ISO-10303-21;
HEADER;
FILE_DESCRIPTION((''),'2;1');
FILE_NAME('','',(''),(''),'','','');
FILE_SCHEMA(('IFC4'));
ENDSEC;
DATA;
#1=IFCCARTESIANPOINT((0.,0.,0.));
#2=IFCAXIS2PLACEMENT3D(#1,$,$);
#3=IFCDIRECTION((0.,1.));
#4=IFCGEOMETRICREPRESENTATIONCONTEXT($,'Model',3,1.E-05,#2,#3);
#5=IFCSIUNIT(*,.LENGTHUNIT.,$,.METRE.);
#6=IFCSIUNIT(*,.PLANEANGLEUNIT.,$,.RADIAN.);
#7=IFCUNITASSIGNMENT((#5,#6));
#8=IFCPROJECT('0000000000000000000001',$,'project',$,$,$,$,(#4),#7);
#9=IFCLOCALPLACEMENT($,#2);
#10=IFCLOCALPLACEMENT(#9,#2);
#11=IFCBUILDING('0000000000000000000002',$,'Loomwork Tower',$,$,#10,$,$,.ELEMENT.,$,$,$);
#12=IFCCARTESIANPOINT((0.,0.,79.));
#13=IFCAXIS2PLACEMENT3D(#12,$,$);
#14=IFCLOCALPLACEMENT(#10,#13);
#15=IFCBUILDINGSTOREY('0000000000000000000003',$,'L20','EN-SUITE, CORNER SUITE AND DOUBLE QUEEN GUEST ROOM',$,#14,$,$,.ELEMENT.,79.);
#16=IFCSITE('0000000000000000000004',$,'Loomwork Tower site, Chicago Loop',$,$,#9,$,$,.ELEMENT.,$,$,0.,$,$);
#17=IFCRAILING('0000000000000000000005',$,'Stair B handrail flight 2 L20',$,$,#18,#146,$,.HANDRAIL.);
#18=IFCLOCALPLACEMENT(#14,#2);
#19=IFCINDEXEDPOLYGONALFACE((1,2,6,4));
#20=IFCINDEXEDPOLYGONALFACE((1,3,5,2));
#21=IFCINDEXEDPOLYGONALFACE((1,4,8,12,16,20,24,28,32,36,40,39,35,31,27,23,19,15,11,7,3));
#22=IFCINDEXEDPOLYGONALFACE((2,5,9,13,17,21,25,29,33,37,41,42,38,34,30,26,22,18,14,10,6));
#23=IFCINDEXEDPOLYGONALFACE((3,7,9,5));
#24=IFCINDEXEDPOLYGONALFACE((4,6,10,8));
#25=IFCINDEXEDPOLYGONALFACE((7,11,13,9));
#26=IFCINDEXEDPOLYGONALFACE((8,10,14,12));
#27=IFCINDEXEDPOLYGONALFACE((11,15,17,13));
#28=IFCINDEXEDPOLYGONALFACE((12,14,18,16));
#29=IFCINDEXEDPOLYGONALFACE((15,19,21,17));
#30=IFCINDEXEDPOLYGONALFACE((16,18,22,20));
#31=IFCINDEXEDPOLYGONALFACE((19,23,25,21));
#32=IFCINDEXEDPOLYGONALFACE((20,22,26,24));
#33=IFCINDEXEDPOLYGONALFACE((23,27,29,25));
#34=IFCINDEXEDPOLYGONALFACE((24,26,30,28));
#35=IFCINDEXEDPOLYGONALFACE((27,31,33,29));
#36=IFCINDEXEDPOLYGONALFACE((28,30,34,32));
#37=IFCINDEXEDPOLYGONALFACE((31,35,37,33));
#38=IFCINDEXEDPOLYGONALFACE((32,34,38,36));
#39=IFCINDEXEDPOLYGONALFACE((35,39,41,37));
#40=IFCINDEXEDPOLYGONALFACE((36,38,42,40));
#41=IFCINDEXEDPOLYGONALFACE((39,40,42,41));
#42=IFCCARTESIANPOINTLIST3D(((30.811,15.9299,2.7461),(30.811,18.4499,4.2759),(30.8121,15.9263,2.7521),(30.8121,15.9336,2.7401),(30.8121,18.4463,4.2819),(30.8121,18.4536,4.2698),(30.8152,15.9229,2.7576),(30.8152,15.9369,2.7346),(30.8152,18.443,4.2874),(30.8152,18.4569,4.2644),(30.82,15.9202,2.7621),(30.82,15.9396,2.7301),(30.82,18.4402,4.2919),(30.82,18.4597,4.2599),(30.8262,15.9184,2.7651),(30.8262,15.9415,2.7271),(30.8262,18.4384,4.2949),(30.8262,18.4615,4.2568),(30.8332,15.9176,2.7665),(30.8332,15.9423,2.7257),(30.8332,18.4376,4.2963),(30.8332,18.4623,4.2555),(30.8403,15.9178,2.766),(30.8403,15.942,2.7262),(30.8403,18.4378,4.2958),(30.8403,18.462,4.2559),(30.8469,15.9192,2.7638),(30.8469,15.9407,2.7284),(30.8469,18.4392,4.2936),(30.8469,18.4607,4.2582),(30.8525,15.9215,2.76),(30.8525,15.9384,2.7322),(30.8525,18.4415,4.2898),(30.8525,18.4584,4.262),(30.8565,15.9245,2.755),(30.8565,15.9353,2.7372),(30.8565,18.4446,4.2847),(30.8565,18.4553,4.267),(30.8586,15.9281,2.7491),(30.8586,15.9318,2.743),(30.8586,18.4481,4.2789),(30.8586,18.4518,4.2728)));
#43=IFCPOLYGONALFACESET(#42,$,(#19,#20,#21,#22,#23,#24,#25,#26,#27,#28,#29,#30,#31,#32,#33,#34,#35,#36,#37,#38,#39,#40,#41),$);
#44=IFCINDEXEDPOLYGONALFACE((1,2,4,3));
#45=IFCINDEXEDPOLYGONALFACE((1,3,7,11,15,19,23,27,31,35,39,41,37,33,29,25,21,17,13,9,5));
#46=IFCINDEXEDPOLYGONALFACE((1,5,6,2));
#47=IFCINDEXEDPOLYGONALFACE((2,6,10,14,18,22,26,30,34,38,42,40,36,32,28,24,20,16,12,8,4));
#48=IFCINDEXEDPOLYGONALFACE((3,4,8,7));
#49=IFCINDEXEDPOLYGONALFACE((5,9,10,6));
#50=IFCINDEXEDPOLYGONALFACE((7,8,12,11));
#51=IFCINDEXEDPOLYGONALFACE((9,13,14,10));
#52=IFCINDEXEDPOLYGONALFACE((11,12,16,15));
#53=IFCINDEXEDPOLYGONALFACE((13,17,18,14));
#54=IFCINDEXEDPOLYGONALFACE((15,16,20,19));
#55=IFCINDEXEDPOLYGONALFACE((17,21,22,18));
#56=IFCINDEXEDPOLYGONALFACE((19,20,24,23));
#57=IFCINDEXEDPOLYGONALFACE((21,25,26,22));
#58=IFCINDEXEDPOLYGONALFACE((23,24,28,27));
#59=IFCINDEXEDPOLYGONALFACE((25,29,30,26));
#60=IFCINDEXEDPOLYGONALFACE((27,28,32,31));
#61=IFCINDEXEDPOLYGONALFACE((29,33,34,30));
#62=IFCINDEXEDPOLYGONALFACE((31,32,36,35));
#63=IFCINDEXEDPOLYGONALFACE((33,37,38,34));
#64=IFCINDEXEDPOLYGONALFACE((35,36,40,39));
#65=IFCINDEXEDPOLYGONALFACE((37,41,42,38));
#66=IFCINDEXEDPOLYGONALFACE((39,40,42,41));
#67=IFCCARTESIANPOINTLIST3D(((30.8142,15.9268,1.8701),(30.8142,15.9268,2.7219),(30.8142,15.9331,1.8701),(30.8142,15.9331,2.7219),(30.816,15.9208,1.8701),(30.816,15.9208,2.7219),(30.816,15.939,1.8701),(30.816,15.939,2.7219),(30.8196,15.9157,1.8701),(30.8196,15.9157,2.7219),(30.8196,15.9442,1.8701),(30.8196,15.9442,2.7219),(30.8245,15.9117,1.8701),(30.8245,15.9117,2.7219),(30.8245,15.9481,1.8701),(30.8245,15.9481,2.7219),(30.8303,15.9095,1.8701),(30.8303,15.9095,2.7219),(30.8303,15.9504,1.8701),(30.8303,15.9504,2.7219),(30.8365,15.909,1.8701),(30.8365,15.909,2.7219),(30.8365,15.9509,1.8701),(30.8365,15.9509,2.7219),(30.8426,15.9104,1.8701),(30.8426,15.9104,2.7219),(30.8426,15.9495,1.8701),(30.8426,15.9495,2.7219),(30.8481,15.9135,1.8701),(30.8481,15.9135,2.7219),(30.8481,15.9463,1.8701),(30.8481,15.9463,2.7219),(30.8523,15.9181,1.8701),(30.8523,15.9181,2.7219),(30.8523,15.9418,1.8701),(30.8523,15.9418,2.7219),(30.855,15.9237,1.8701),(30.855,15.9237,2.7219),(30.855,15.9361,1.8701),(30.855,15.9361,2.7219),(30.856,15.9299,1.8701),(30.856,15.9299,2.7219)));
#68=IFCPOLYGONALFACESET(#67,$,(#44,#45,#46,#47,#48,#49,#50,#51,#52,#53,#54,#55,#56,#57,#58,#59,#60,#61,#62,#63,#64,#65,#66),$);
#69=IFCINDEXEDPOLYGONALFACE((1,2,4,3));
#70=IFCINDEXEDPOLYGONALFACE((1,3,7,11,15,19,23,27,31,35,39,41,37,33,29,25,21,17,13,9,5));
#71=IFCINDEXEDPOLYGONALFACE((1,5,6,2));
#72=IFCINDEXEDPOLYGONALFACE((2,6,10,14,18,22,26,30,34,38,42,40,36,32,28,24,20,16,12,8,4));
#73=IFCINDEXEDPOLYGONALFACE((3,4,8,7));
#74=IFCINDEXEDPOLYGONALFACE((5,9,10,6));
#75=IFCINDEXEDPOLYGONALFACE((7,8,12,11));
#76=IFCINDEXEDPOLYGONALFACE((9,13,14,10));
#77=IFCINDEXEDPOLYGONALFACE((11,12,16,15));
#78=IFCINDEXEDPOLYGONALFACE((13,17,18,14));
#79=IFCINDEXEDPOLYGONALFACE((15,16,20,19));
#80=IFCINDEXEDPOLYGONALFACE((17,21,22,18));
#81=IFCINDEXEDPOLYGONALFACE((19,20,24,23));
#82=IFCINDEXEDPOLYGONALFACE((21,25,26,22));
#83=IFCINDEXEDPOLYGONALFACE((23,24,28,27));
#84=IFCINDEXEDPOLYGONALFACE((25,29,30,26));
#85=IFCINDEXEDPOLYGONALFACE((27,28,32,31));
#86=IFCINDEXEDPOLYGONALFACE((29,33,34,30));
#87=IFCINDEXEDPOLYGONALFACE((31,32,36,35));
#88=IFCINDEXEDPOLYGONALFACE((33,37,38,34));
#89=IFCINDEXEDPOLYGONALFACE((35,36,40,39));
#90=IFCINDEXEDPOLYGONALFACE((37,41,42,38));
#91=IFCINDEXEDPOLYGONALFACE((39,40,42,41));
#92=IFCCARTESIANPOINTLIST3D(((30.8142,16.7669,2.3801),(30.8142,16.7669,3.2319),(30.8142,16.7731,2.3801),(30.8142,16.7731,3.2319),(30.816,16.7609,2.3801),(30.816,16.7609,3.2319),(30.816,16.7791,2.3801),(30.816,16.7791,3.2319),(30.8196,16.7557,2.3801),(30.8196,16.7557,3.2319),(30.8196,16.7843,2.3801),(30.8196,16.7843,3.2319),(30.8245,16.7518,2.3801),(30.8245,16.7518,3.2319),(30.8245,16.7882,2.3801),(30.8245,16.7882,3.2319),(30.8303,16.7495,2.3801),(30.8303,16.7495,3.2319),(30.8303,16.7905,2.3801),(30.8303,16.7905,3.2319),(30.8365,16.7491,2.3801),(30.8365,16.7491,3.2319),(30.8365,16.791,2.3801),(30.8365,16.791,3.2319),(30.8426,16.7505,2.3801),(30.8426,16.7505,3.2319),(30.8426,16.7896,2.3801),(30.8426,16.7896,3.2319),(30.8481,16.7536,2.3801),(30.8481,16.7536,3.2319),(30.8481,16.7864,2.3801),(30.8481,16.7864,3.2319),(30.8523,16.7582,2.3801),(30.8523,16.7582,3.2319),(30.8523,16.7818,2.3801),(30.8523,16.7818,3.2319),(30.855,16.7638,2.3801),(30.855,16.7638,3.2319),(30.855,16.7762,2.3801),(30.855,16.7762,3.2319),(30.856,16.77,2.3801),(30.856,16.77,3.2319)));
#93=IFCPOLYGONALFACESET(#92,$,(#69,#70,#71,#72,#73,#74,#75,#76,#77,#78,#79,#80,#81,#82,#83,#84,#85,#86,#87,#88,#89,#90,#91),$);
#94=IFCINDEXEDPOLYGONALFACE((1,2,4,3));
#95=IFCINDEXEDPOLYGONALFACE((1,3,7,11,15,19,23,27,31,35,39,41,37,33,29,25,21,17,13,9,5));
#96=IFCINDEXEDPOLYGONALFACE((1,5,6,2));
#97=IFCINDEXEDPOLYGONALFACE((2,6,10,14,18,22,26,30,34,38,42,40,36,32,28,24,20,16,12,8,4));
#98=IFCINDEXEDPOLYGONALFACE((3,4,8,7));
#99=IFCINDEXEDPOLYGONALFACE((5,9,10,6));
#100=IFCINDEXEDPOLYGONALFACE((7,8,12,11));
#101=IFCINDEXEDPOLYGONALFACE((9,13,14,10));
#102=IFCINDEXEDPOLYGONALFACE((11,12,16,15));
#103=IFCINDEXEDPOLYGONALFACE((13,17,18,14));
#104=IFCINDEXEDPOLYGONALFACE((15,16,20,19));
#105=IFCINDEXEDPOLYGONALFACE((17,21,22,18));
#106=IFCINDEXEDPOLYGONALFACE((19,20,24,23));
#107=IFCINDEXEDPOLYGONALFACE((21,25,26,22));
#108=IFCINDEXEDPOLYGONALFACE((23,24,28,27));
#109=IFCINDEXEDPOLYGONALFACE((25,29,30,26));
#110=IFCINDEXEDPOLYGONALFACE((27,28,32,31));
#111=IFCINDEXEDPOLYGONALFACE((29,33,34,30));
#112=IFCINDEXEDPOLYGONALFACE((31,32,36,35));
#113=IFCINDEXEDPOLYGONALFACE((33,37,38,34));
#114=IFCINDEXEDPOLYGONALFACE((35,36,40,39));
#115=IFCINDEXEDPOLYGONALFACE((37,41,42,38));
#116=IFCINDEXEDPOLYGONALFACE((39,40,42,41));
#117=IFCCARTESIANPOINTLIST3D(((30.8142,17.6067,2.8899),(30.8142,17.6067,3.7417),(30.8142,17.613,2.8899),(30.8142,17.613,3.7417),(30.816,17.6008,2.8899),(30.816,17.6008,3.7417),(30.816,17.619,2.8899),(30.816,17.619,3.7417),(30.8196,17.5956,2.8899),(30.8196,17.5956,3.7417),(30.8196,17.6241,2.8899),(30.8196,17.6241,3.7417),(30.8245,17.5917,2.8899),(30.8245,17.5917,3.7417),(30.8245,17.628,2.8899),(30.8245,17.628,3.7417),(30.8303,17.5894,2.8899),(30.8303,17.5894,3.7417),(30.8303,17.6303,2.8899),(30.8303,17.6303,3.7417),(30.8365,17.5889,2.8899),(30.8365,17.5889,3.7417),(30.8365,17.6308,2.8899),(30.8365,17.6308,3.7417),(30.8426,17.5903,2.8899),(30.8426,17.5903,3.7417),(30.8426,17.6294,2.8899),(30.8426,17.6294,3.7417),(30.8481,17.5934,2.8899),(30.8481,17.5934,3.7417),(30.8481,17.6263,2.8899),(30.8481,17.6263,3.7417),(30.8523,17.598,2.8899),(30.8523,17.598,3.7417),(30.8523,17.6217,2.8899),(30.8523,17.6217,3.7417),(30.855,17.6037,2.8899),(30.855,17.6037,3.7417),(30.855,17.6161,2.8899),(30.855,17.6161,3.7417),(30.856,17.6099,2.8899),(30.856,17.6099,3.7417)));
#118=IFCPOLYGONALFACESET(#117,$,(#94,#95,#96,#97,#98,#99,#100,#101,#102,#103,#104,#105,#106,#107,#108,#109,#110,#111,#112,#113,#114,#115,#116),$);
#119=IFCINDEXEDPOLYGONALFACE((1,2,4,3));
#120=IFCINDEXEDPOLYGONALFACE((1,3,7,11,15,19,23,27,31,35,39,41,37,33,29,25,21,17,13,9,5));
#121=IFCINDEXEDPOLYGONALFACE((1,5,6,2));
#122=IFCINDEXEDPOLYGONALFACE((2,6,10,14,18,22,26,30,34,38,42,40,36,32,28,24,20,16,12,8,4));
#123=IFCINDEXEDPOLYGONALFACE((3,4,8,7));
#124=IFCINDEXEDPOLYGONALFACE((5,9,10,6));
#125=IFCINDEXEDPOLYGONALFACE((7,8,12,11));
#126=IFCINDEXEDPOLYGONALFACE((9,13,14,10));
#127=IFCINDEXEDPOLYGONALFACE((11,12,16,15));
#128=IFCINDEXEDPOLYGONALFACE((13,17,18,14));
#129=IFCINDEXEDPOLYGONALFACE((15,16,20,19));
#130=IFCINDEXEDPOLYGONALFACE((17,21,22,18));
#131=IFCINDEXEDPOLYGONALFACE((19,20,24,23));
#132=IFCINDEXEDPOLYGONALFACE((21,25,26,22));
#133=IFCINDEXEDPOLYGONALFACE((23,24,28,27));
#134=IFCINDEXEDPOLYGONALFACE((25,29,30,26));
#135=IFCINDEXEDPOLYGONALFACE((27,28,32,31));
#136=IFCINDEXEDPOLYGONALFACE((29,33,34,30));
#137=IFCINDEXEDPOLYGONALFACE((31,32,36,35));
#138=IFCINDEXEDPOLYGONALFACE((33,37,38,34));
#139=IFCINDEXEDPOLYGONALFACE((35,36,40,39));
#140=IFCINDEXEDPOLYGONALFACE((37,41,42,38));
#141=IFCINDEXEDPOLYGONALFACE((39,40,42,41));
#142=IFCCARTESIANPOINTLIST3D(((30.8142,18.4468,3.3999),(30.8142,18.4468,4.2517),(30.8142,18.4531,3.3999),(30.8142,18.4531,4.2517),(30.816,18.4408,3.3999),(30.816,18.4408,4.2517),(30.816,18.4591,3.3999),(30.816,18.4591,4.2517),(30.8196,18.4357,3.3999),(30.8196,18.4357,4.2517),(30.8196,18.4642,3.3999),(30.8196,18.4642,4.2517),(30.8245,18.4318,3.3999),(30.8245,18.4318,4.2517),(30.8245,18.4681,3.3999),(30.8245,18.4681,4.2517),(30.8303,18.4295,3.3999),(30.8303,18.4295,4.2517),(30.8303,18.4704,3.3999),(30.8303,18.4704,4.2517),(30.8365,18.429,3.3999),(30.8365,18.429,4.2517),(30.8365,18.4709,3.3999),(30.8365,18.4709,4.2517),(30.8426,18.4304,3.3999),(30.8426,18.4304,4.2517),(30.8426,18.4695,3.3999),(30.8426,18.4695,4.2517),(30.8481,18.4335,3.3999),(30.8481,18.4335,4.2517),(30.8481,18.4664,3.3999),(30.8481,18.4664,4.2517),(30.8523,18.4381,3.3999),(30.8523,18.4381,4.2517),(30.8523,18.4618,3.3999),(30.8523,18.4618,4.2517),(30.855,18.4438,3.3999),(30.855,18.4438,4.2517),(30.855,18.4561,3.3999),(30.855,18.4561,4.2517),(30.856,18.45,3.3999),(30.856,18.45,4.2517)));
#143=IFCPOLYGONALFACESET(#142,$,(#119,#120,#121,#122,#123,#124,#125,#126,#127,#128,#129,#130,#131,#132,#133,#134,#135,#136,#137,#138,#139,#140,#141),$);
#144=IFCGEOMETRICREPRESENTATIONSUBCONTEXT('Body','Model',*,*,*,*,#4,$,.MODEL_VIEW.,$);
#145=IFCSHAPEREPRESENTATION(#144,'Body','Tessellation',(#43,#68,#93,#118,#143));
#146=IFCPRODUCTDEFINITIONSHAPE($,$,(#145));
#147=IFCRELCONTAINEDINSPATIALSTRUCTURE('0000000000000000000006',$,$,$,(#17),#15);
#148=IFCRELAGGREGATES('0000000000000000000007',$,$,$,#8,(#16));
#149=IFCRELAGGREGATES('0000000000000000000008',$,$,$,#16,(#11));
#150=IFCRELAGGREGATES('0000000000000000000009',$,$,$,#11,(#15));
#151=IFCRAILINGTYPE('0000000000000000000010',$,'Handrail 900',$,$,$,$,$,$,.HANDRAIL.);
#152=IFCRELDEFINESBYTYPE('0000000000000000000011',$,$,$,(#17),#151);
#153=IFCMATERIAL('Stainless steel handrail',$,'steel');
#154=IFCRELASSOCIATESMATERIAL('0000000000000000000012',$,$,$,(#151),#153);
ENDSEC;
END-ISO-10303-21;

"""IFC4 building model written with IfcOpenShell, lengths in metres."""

from ifc_helpers import new_model, si_unit, direction, frame, origin, origin_2d, place, context, subcontext, project, spatial, circle, extrude, material, type_object, element, save


model = new_model("IFC4")

# Units and contexts
model_context = context("Model", 3, precision=1e-05, world=origin(), true_north=direction((0.0, 1.0)))
body_context = subcontext(model_context, "Body", "Model", "MODEL_VIEW")
ifc_project = project(units=[si_unit("LENGTHUNIT", "METRE"), si_unit("PLANEANGLEUNIT", "RADIAN")], contexts=[model_context])

# Site, building, storey
site_placement = place(None, origin())
site = spatial("IfcSite", under=ifc_project, at=site_placement, Name="Loomwork Tower site, Chicago Loop", CompositionType="ELEMENT", RefElevation=0.0)
building_placement = place(site_placement, origin())
building = spatial("IfcBuilding", under=site, at=building_placement, Name="Loomwork Tower", CompositionType="ELEMENT")
storey_placement = place(building_placement, frame((0.0, 0.0, 79.0)))
storey = spatial("IfcBuildingStorey", under=building, at=storey_placement, Name="L20", Description="EN-SUITE, CORNER SUITE AND DOUBLE QUEEN GUEST ROOM", CompositionType="ELEMENT", Elevation=79.0)

# Railing
ifc_material_1 = material(Name="Stainless steel handrail", Category="steel")
railing_type = type_object("IfcRailingType", Name="Handrail 900", PredefinedType="HANDRAIL", material=ifc_material_1)
railing_placement = place(storey_placement, frame((30.835, 15.9299, 1.8701)))
element("IfcRailing", 1, at=railing_placement, inside=storey, type_object=railing_type, Name="Stair B handrail flight 2 L20", PredefinedType="HANDRAIL", context=body_context, shape_type="SweptSolid", body=[
    extrude(circle(Radius=0.0239, at=origin_2d()), frame((0.0, 0.0, 0.876), z_axis=(0.0, 0.854822, 0.518922), x_axis=(-1.0, 0.0, 0.0)), (0.0, 0.0, 1.0), 2.948),
    extrude(circle(Radius=0.021, at=origin_2d()), origin(), (0.0, 0.0, 1.0), 0.8518),
    extrude(circle(Radius=0.021, at=origin_2d()), frame((0.0, 0.8401, 0.51)), (0.0, 0.0, 1.0), 0.8518),
    extrude(circle(Radius=0.021, at=origin_2d()), frame((0.0, 1.6799, 1.0198)), (0.0, 0.0, 1.0), 0.8518),
    extrude(circle(Radius=0.021, at=origin_2d()), frame((0.0, 2.52, 1.5298)), (0.0, 0.0, 1.0), 0.8518),
])

save(model, "model.ifc")
